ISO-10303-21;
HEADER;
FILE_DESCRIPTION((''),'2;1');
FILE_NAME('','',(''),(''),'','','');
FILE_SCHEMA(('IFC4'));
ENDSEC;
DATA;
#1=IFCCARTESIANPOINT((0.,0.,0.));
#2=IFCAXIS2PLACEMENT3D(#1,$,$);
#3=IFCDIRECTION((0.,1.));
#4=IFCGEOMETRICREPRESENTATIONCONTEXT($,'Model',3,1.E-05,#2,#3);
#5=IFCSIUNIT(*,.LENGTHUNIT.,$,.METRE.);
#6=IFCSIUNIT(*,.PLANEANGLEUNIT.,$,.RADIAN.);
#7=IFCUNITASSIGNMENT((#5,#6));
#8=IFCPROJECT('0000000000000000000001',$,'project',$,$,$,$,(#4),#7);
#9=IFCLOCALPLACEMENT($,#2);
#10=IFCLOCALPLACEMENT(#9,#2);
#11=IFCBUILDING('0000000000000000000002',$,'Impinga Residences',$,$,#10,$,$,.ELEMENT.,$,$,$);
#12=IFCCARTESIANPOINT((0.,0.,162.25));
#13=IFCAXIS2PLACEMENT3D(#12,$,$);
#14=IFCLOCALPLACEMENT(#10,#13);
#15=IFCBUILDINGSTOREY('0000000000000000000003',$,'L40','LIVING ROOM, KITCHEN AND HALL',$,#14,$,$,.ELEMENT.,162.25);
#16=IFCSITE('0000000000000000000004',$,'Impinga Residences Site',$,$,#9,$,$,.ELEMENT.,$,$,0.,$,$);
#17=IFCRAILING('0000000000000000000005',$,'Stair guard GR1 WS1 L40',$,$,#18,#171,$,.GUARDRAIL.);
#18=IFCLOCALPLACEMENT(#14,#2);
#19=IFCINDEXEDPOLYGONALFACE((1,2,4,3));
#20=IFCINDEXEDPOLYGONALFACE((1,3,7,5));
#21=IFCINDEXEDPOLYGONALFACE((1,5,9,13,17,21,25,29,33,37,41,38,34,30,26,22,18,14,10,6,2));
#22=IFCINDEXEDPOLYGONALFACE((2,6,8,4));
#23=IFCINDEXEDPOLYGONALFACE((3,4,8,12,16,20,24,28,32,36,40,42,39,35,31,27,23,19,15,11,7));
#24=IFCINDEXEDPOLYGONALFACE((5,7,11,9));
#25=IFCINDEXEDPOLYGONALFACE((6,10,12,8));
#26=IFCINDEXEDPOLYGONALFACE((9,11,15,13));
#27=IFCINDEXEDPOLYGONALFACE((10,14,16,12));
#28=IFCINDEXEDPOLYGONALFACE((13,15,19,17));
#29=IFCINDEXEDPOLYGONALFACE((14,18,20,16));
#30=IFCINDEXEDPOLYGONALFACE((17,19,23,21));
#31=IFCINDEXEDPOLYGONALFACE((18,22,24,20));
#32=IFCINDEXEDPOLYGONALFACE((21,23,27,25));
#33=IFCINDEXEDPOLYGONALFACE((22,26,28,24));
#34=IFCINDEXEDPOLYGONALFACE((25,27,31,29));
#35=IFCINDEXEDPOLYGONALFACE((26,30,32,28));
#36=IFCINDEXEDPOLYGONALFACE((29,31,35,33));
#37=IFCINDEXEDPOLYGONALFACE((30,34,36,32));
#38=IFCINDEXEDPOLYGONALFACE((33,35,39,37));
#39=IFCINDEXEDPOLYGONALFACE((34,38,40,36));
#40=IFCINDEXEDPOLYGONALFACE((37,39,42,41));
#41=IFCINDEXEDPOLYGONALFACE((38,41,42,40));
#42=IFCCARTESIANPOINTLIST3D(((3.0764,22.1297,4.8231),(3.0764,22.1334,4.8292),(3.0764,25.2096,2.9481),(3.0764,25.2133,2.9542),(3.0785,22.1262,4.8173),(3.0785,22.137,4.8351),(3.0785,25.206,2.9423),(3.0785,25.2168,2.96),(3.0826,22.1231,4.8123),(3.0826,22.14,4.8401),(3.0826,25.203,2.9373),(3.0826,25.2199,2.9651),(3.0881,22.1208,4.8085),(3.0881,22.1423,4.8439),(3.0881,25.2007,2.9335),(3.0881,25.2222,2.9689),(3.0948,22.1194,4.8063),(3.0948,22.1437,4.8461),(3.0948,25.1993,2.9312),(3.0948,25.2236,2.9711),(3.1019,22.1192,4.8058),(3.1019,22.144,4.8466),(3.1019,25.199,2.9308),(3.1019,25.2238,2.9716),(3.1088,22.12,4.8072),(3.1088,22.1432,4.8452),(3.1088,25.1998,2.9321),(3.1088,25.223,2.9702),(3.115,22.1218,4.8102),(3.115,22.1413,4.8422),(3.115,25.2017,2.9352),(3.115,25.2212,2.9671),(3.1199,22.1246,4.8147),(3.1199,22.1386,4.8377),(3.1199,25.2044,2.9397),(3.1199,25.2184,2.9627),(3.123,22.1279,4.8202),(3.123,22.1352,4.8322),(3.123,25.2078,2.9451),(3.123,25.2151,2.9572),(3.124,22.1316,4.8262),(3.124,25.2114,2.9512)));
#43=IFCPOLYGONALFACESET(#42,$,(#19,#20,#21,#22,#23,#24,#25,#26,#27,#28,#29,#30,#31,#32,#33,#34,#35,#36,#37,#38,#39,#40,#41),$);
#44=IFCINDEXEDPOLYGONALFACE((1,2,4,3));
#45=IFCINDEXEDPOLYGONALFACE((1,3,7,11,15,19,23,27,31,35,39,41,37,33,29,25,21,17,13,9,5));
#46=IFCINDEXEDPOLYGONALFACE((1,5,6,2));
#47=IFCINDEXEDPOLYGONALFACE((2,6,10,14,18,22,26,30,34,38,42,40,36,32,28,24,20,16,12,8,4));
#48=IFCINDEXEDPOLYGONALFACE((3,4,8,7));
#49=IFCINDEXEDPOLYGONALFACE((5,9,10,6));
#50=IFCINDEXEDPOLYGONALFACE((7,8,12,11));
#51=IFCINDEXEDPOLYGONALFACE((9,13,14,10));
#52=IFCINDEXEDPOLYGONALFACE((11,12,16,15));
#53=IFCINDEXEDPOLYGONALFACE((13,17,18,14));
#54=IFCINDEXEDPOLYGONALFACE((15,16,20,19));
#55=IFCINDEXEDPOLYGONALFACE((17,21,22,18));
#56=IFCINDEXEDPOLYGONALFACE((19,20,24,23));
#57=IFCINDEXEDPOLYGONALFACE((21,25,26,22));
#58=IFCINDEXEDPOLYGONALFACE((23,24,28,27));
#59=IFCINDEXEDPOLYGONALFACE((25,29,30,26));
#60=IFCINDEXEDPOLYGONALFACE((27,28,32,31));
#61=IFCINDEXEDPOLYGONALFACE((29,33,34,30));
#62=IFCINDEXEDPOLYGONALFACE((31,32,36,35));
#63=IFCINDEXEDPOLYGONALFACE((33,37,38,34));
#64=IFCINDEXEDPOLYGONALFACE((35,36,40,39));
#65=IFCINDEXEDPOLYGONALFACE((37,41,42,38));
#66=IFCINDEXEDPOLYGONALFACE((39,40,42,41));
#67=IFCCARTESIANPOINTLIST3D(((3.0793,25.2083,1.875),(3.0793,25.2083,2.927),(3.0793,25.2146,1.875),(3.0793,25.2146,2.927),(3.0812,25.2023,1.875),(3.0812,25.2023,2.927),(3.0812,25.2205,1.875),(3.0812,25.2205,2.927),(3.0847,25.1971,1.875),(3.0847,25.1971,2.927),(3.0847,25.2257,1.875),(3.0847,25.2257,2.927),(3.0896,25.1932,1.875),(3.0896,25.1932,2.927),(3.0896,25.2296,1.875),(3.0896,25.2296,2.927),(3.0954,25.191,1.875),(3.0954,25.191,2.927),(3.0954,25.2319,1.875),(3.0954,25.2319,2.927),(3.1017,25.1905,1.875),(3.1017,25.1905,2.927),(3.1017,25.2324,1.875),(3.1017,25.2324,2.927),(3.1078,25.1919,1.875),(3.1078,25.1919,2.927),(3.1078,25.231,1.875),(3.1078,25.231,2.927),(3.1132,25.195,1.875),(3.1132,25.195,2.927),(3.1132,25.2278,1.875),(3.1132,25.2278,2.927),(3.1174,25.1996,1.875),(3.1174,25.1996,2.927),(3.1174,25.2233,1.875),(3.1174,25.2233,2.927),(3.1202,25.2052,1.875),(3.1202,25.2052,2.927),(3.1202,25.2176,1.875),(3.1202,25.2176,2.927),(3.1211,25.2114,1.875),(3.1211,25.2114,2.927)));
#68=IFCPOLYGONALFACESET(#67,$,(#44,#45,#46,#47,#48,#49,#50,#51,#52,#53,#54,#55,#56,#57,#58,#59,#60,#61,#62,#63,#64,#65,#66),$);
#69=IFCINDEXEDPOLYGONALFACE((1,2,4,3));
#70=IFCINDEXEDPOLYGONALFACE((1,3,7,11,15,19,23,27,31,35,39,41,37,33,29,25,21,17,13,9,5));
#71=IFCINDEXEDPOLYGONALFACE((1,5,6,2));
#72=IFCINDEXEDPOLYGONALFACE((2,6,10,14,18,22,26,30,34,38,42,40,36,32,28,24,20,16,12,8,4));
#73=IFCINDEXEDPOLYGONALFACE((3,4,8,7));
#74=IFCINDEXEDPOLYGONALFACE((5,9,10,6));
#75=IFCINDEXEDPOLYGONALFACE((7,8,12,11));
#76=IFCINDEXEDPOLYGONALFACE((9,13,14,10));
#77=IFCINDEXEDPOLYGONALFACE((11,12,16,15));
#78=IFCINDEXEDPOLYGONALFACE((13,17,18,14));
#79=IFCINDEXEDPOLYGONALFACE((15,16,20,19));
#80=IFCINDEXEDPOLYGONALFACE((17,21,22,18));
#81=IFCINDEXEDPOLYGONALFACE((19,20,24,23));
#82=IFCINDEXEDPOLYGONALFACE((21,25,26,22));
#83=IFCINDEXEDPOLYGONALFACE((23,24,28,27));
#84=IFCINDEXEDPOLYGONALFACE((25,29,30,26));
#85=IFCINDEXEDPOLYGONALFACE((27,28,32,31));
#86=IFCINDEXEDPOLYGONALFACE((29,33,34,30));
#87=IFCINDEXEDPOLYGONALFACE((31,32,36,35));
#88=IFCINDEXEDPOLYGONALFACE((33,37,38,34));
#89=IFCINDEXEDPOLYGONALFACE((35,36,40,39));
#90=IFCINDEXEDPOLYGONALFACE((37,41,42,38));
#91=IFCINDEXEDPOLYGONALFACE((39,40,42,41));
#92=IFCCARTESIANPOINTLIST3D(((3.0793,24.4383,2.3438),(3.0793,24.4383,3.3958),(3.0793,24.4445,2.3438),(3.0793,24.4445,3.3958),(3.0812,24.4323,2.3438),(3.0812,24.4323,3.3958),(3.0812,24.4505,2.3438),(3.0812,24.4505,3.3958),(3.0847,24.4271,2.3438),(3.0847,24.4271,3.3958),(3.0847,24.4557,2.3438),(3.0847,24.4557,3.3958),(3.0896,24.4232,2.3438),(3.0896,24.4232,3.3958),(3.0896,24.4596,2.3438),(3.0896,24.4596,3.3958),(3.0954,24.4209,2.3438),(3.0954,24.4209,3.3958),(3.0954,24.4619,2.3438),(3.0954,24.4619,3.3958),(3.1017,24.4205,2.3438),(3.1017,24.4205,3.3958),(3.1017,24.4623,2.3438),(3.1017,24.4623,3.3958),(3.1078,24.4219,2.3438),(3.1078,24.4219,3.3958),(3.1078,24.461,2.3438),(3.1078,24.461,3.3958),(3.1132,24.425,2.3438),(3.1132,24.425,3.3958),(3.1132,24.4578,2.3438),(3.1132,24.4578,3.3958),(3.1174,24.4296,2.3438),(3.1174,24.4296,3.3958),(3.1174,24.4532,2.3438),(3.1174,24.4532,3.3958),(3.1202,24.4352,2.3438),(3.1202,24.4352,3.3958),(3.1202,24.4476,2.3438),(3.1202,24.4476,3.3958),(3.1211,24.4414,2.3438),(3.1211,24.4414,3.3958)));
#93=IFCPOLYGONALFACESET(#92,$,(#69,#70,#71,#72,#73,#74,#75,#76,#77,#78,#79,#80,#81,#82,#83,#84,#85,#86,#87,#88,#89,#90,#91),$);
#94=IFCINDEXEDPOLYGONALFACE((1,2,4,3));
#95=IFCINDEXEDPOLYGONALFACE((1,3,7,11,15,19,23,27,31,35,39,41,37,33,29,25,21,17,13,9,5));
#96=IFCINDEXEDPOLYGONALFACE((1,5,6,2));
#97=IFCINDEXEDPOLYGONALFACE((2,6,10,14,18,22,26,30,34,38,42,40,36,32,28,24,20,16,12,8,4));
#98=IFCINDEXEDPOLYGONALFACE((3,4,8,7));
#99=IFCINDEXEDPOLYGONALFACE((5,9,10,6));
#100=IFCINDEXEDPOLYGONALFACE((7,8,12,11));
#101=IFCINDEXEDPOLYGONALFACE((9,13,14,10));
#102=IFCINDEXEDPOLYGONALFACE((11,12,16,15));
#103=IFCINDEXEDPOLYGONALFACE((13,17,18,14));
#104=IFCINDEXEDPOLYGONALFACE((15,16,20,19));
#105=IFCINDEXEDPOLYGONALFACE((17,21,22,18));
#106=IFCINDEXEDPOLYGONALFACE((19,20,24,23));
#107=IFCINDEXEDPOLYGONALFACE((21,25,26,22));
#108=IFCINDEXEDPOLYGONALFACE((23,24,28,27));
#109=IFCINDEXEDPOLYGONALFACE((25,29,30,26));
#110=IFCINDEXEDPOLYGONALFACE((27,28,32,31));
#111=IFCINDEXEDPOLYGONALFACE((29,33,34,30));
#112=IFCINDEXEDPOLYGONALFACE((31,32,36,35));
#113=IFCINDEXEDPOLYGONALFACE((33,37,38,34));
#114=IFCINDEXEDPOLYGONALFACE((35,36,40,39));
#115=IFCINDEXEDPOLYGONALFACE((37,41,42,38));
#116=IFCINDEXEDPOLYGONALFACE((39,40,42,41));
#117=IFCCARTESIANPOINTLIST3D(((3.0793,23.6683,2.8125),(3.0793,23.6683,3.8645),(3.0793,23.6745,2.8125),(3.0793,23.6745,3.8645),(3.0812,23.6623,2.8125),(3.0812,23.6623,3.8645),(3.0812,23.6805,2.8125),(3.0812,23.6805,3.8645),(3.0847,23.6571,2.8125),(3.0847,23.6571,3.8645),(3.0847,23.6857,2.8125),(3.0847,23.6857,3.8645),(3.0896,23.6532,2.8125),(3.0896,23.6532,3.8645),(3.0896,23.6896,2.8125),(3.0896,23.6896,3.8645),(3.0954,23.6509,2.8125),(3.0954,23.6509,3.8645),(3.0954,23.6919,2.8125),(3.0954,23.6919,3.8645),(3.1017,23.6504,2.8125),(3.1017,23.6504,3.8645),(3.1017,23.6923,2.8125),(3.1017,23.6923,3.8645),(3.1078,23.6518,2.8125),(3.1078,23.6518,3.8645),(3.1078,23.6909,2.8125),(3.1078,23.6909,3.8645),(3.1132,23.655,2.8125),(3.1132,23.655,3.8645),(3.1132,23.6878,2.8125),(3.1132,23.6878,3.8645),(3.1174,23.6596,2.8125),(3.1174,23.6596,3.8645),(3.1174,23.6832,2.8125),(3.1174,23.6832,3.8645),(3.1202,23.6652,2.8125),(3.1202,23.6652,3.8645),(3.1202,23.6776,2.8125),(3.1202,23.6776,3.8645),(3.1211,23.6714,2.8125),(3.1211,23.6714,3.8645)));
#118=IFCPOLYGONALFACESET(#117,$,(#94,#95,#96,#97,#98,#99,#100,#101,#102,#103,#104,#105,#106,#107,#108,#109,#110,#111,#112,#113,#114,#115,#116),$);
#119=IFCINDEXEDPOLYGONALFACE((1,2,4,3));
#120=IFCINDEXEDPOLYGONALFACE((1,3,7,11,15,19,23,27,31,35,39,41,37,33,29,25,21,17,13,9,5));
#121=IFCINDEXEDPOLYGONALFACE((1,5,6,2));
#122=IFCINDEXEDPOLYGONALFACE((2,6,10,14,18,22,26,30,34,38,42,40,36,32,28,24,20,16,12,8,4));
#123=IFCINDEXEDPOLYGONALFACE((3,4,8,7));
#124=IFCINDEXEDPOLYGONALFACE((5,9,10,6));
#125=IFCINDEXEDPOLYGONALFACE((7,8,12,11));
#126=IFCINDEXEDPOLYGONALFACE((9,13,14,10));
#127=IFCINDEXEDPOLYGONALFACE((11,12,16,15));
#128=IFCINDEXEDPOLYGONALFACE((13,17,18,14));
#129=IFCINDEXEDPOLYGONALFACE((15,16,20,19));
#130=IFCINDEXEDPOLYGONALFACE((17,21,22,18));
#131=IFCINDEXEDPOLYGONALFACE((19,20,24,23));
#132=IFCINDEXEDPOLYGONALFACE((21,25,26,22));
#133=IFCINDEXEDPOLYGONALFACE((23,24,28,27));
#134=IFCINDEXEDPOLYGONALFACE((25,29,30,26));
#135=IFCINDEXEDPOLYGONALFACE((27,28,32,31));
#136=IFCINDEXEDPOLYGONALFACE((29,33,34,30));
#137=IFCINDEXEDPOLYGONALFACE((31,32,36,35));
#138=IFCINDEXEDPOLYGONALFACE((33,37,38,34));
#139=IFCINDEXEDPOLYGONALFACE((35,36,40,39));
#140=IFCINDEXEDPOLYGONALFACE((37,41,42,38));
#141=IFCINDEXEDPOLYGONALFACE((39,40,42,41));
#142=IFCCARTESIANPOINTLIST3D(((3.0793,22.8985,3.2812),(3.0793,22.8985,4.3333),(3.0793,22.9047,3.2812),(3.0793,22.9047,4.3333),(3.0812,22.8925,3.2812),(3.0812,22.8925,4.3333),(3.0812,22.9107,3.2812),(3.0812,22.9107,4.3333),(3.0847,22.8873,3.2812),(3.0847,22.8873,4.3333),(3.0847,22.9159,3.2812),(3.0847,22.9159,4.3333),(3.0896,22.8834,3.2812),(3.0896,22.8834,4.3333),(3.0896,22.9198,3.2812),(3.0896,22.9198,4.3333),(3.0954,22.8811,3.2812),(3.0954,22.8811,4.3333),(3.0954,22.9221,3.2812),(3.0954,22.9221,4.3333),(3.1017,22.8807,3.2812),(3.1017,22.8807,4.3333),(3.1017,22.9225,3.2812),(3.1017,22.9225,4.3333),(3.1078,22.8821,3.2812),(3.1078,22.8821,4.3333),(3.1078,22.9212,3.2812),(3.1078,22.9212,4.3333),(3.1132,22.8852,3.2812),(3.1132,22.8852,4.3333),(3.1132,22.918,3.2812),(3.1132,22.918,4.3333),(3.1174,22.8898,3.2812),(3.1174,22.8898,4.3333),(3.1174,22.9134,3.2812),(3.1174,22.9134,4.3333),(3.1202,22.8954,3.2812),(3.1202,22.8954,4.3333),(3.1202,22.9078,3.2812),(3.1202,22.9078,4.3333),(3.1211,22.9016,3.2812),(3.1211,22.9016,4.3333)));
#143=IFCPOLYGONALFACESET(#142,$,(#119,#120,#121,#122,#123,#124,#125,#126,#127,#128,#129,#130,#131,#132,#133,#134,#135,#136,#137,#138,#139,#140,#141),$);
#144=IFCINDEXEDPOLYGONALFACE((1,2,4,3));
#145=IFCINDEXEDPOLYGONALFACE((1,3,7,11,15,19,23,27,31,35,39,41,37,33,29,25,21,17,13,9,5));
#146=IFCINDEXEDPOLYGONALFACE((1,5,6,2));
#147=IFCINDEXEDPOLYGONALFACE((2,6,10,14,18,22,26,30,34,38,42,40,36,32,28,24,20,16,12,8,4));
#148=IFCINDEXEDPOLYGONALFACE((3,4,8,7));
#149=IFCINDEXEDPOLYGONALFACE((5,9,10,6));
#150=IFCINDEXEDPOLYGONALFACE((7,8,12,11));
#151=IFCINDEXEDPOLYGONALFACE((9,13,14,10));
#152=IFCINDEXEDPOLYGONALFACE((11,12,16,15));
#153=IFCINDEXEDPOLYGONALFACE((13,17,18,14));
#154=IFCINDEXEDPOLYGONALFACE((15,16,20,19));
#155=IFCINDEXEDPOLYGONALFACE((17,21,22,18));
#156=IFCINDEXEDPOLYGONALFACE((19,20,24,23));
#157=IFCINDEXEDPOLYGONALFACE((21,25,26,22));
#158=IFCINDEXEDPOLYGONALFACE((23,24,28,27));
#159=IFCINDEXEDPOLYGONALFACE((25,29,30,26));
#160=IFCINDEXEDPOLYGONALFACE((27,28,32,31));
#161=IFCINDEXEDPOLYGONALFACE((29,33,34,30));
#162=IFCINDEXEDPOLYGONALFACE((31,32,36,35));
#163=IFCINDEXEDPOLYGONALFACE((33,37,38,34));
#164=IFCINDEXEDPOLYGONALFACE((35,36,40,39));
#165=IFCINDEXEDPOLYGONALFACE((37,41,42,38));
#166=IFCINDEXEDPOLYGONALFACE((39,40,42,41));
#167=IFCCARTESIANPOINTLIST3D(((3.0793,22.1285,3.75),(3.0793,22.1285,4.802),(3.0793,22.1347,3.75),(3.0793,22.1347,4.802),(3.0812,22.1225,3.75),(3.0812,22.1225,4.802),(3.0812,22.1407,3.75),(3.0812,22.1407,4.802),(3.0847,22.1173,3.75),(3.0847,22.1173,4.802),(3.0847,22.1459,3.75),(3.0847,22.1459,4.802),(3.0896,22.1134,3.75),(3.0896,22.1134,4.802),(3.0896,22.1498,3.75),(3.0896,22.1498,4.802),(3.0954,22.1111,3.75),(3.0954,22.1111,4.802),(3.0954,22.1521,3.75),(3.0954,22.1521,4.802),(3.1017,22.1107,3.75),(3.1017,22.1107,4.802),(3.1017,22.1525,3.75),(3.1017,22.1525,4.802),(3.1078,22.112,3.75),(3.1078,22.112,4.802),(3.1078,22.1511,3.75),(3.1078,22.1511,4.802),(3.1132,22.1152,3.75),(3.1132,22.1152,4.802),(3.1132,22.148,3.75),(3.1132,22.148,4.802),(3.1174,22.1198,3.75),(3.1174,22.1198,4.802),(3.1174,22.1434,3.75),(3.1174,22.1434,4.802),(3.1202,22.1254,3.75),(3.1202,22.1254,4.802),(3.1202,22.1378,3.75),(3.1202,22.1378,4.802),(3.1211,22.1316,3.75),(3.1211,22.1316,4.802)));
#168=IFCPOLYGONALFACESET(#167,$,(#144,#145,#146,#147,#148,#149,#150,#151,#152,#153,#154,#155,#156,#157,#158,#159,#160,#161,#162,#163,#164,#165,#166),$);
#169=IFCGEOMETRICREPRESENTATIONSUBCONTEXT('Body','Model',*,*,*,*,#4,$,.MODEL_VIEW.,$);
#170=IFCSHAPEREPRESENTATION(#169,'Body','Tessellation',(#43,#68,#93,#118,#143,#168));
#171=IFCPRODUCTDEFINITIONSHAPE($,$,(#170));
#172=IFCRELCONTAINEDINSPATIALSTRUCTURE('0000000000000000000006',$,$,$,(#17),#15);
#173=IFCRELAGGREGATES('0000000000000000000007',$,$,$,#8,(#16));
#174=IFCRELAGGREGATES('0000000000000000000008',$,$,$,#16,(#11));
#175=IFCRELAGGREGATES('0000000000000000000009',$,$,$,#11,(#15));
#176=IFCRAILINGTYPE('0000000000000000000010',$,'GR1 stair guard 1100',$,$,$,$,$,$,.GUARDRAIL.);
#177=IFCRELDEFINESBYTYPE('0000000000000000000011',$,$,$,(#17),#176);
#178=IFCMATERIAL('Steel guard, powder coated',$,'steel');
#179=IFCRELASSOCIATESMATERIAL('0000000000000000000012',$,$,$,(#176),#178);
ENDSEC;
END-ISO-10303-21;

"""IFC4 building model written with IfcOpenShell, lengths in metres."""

from ifc_helpers import new_model, si_unit, direction, frame, origin, origin_2d, place, context, subcontext, project, spatial, circle, extrude, material, type_object, element, save


model = new_model("IFC4")

# Units and contexts
model_context = context("Model", 3, precision=1e-05, world=origin(), true_north=direction((0.0, 1.0)))
body_context = subcontext(model_context, "Body", "Model", "MODEL_VIEW")
ifc_project = project(units=[si_unit("LENGTHUNIT", "METRE"), si_unit("PLANEANGLEUNIT", "RADIAN")], contexts=[model_context])

# Site, building, storey
site_placement = place(None, origin())
site = spatial("IfcSite", under=ifc_project, at=site_placement, Name="Impinga Residences Site", CompositionType="ELEMENT", RefElevation=0.0)
building_placement = place(site_placement, origin())
building = spatial("IfcBuilding", under=site, at=building_placement, Name="Impinga Residences", CompositionType="ELEMENT")
storey_placement = place(building_placement, frame((0.0, 0.0, 162.25)))
storey = spatial("IfcBuildingStorey", under=building, at=storey_placement, Name="L40", Description="LIVING ROOM, KITCHEN AND HALL", CompositionType="ELEMENT", Elevation=162.25)

# Railing
ifc_material_1 = material(Name="Steel guard, powder coated", Category="steel")
railing_type_1 = type_object("IfcRailingType", Name="GR1 stair guard 1100", PredefinedType="GUARDRAIL", material=ifc_material_1)
railing_1_placement = place(storey_placement, frame((3.1001, 25.2114, 1.875)))
element("IfcRailing", 1, at=railing_1_placement, inside=storey, type_object=railing_type_1, Name="Stair guard GR1 WS1 L40", PredefinedType="GUARDRAIL", context=body_context, shape_type="SweptSolid", body=[
    extrude(circle(Radius=0.0239, at=origin_2d()), frame((0.0, 0.0, 1.0762), z_axis=(0.0, -0.854159, 0.520011), x_axis=(1.0, 0.0, 0.0)), (0.0, 0.0, 1.0), 3.6057),
    extrude(circle(Radius=0.021, at=origin_2d()), origin(), (0.0, 0.0, 1.0), 1.052),
    extrude(circle(Radius=0.021, at=origin_2d()), frame((0.0, -0.77, 0.4688)), (0.0, 0.0, 1.0), 1.052),
    extrude(circle(Radius=0.021, at=origin_2d()), frame((0.0, -1.54, 0.9375)), (0.0, 0.0, 1.0), 1.052),
    extrude(circle(Radius=0.021, at=origin_2d()), frame((0.0, -2.3098, 1.4062)), (0.0, 0.0, 1.0), 1.052),
    extrude(circle(Radius=0.021, at=origin_2d()), frame((0.0, -3.0798, 1.875)), (0.0, 0.0, 1.0), 1.052),
])

save(model, "model.ifc")
